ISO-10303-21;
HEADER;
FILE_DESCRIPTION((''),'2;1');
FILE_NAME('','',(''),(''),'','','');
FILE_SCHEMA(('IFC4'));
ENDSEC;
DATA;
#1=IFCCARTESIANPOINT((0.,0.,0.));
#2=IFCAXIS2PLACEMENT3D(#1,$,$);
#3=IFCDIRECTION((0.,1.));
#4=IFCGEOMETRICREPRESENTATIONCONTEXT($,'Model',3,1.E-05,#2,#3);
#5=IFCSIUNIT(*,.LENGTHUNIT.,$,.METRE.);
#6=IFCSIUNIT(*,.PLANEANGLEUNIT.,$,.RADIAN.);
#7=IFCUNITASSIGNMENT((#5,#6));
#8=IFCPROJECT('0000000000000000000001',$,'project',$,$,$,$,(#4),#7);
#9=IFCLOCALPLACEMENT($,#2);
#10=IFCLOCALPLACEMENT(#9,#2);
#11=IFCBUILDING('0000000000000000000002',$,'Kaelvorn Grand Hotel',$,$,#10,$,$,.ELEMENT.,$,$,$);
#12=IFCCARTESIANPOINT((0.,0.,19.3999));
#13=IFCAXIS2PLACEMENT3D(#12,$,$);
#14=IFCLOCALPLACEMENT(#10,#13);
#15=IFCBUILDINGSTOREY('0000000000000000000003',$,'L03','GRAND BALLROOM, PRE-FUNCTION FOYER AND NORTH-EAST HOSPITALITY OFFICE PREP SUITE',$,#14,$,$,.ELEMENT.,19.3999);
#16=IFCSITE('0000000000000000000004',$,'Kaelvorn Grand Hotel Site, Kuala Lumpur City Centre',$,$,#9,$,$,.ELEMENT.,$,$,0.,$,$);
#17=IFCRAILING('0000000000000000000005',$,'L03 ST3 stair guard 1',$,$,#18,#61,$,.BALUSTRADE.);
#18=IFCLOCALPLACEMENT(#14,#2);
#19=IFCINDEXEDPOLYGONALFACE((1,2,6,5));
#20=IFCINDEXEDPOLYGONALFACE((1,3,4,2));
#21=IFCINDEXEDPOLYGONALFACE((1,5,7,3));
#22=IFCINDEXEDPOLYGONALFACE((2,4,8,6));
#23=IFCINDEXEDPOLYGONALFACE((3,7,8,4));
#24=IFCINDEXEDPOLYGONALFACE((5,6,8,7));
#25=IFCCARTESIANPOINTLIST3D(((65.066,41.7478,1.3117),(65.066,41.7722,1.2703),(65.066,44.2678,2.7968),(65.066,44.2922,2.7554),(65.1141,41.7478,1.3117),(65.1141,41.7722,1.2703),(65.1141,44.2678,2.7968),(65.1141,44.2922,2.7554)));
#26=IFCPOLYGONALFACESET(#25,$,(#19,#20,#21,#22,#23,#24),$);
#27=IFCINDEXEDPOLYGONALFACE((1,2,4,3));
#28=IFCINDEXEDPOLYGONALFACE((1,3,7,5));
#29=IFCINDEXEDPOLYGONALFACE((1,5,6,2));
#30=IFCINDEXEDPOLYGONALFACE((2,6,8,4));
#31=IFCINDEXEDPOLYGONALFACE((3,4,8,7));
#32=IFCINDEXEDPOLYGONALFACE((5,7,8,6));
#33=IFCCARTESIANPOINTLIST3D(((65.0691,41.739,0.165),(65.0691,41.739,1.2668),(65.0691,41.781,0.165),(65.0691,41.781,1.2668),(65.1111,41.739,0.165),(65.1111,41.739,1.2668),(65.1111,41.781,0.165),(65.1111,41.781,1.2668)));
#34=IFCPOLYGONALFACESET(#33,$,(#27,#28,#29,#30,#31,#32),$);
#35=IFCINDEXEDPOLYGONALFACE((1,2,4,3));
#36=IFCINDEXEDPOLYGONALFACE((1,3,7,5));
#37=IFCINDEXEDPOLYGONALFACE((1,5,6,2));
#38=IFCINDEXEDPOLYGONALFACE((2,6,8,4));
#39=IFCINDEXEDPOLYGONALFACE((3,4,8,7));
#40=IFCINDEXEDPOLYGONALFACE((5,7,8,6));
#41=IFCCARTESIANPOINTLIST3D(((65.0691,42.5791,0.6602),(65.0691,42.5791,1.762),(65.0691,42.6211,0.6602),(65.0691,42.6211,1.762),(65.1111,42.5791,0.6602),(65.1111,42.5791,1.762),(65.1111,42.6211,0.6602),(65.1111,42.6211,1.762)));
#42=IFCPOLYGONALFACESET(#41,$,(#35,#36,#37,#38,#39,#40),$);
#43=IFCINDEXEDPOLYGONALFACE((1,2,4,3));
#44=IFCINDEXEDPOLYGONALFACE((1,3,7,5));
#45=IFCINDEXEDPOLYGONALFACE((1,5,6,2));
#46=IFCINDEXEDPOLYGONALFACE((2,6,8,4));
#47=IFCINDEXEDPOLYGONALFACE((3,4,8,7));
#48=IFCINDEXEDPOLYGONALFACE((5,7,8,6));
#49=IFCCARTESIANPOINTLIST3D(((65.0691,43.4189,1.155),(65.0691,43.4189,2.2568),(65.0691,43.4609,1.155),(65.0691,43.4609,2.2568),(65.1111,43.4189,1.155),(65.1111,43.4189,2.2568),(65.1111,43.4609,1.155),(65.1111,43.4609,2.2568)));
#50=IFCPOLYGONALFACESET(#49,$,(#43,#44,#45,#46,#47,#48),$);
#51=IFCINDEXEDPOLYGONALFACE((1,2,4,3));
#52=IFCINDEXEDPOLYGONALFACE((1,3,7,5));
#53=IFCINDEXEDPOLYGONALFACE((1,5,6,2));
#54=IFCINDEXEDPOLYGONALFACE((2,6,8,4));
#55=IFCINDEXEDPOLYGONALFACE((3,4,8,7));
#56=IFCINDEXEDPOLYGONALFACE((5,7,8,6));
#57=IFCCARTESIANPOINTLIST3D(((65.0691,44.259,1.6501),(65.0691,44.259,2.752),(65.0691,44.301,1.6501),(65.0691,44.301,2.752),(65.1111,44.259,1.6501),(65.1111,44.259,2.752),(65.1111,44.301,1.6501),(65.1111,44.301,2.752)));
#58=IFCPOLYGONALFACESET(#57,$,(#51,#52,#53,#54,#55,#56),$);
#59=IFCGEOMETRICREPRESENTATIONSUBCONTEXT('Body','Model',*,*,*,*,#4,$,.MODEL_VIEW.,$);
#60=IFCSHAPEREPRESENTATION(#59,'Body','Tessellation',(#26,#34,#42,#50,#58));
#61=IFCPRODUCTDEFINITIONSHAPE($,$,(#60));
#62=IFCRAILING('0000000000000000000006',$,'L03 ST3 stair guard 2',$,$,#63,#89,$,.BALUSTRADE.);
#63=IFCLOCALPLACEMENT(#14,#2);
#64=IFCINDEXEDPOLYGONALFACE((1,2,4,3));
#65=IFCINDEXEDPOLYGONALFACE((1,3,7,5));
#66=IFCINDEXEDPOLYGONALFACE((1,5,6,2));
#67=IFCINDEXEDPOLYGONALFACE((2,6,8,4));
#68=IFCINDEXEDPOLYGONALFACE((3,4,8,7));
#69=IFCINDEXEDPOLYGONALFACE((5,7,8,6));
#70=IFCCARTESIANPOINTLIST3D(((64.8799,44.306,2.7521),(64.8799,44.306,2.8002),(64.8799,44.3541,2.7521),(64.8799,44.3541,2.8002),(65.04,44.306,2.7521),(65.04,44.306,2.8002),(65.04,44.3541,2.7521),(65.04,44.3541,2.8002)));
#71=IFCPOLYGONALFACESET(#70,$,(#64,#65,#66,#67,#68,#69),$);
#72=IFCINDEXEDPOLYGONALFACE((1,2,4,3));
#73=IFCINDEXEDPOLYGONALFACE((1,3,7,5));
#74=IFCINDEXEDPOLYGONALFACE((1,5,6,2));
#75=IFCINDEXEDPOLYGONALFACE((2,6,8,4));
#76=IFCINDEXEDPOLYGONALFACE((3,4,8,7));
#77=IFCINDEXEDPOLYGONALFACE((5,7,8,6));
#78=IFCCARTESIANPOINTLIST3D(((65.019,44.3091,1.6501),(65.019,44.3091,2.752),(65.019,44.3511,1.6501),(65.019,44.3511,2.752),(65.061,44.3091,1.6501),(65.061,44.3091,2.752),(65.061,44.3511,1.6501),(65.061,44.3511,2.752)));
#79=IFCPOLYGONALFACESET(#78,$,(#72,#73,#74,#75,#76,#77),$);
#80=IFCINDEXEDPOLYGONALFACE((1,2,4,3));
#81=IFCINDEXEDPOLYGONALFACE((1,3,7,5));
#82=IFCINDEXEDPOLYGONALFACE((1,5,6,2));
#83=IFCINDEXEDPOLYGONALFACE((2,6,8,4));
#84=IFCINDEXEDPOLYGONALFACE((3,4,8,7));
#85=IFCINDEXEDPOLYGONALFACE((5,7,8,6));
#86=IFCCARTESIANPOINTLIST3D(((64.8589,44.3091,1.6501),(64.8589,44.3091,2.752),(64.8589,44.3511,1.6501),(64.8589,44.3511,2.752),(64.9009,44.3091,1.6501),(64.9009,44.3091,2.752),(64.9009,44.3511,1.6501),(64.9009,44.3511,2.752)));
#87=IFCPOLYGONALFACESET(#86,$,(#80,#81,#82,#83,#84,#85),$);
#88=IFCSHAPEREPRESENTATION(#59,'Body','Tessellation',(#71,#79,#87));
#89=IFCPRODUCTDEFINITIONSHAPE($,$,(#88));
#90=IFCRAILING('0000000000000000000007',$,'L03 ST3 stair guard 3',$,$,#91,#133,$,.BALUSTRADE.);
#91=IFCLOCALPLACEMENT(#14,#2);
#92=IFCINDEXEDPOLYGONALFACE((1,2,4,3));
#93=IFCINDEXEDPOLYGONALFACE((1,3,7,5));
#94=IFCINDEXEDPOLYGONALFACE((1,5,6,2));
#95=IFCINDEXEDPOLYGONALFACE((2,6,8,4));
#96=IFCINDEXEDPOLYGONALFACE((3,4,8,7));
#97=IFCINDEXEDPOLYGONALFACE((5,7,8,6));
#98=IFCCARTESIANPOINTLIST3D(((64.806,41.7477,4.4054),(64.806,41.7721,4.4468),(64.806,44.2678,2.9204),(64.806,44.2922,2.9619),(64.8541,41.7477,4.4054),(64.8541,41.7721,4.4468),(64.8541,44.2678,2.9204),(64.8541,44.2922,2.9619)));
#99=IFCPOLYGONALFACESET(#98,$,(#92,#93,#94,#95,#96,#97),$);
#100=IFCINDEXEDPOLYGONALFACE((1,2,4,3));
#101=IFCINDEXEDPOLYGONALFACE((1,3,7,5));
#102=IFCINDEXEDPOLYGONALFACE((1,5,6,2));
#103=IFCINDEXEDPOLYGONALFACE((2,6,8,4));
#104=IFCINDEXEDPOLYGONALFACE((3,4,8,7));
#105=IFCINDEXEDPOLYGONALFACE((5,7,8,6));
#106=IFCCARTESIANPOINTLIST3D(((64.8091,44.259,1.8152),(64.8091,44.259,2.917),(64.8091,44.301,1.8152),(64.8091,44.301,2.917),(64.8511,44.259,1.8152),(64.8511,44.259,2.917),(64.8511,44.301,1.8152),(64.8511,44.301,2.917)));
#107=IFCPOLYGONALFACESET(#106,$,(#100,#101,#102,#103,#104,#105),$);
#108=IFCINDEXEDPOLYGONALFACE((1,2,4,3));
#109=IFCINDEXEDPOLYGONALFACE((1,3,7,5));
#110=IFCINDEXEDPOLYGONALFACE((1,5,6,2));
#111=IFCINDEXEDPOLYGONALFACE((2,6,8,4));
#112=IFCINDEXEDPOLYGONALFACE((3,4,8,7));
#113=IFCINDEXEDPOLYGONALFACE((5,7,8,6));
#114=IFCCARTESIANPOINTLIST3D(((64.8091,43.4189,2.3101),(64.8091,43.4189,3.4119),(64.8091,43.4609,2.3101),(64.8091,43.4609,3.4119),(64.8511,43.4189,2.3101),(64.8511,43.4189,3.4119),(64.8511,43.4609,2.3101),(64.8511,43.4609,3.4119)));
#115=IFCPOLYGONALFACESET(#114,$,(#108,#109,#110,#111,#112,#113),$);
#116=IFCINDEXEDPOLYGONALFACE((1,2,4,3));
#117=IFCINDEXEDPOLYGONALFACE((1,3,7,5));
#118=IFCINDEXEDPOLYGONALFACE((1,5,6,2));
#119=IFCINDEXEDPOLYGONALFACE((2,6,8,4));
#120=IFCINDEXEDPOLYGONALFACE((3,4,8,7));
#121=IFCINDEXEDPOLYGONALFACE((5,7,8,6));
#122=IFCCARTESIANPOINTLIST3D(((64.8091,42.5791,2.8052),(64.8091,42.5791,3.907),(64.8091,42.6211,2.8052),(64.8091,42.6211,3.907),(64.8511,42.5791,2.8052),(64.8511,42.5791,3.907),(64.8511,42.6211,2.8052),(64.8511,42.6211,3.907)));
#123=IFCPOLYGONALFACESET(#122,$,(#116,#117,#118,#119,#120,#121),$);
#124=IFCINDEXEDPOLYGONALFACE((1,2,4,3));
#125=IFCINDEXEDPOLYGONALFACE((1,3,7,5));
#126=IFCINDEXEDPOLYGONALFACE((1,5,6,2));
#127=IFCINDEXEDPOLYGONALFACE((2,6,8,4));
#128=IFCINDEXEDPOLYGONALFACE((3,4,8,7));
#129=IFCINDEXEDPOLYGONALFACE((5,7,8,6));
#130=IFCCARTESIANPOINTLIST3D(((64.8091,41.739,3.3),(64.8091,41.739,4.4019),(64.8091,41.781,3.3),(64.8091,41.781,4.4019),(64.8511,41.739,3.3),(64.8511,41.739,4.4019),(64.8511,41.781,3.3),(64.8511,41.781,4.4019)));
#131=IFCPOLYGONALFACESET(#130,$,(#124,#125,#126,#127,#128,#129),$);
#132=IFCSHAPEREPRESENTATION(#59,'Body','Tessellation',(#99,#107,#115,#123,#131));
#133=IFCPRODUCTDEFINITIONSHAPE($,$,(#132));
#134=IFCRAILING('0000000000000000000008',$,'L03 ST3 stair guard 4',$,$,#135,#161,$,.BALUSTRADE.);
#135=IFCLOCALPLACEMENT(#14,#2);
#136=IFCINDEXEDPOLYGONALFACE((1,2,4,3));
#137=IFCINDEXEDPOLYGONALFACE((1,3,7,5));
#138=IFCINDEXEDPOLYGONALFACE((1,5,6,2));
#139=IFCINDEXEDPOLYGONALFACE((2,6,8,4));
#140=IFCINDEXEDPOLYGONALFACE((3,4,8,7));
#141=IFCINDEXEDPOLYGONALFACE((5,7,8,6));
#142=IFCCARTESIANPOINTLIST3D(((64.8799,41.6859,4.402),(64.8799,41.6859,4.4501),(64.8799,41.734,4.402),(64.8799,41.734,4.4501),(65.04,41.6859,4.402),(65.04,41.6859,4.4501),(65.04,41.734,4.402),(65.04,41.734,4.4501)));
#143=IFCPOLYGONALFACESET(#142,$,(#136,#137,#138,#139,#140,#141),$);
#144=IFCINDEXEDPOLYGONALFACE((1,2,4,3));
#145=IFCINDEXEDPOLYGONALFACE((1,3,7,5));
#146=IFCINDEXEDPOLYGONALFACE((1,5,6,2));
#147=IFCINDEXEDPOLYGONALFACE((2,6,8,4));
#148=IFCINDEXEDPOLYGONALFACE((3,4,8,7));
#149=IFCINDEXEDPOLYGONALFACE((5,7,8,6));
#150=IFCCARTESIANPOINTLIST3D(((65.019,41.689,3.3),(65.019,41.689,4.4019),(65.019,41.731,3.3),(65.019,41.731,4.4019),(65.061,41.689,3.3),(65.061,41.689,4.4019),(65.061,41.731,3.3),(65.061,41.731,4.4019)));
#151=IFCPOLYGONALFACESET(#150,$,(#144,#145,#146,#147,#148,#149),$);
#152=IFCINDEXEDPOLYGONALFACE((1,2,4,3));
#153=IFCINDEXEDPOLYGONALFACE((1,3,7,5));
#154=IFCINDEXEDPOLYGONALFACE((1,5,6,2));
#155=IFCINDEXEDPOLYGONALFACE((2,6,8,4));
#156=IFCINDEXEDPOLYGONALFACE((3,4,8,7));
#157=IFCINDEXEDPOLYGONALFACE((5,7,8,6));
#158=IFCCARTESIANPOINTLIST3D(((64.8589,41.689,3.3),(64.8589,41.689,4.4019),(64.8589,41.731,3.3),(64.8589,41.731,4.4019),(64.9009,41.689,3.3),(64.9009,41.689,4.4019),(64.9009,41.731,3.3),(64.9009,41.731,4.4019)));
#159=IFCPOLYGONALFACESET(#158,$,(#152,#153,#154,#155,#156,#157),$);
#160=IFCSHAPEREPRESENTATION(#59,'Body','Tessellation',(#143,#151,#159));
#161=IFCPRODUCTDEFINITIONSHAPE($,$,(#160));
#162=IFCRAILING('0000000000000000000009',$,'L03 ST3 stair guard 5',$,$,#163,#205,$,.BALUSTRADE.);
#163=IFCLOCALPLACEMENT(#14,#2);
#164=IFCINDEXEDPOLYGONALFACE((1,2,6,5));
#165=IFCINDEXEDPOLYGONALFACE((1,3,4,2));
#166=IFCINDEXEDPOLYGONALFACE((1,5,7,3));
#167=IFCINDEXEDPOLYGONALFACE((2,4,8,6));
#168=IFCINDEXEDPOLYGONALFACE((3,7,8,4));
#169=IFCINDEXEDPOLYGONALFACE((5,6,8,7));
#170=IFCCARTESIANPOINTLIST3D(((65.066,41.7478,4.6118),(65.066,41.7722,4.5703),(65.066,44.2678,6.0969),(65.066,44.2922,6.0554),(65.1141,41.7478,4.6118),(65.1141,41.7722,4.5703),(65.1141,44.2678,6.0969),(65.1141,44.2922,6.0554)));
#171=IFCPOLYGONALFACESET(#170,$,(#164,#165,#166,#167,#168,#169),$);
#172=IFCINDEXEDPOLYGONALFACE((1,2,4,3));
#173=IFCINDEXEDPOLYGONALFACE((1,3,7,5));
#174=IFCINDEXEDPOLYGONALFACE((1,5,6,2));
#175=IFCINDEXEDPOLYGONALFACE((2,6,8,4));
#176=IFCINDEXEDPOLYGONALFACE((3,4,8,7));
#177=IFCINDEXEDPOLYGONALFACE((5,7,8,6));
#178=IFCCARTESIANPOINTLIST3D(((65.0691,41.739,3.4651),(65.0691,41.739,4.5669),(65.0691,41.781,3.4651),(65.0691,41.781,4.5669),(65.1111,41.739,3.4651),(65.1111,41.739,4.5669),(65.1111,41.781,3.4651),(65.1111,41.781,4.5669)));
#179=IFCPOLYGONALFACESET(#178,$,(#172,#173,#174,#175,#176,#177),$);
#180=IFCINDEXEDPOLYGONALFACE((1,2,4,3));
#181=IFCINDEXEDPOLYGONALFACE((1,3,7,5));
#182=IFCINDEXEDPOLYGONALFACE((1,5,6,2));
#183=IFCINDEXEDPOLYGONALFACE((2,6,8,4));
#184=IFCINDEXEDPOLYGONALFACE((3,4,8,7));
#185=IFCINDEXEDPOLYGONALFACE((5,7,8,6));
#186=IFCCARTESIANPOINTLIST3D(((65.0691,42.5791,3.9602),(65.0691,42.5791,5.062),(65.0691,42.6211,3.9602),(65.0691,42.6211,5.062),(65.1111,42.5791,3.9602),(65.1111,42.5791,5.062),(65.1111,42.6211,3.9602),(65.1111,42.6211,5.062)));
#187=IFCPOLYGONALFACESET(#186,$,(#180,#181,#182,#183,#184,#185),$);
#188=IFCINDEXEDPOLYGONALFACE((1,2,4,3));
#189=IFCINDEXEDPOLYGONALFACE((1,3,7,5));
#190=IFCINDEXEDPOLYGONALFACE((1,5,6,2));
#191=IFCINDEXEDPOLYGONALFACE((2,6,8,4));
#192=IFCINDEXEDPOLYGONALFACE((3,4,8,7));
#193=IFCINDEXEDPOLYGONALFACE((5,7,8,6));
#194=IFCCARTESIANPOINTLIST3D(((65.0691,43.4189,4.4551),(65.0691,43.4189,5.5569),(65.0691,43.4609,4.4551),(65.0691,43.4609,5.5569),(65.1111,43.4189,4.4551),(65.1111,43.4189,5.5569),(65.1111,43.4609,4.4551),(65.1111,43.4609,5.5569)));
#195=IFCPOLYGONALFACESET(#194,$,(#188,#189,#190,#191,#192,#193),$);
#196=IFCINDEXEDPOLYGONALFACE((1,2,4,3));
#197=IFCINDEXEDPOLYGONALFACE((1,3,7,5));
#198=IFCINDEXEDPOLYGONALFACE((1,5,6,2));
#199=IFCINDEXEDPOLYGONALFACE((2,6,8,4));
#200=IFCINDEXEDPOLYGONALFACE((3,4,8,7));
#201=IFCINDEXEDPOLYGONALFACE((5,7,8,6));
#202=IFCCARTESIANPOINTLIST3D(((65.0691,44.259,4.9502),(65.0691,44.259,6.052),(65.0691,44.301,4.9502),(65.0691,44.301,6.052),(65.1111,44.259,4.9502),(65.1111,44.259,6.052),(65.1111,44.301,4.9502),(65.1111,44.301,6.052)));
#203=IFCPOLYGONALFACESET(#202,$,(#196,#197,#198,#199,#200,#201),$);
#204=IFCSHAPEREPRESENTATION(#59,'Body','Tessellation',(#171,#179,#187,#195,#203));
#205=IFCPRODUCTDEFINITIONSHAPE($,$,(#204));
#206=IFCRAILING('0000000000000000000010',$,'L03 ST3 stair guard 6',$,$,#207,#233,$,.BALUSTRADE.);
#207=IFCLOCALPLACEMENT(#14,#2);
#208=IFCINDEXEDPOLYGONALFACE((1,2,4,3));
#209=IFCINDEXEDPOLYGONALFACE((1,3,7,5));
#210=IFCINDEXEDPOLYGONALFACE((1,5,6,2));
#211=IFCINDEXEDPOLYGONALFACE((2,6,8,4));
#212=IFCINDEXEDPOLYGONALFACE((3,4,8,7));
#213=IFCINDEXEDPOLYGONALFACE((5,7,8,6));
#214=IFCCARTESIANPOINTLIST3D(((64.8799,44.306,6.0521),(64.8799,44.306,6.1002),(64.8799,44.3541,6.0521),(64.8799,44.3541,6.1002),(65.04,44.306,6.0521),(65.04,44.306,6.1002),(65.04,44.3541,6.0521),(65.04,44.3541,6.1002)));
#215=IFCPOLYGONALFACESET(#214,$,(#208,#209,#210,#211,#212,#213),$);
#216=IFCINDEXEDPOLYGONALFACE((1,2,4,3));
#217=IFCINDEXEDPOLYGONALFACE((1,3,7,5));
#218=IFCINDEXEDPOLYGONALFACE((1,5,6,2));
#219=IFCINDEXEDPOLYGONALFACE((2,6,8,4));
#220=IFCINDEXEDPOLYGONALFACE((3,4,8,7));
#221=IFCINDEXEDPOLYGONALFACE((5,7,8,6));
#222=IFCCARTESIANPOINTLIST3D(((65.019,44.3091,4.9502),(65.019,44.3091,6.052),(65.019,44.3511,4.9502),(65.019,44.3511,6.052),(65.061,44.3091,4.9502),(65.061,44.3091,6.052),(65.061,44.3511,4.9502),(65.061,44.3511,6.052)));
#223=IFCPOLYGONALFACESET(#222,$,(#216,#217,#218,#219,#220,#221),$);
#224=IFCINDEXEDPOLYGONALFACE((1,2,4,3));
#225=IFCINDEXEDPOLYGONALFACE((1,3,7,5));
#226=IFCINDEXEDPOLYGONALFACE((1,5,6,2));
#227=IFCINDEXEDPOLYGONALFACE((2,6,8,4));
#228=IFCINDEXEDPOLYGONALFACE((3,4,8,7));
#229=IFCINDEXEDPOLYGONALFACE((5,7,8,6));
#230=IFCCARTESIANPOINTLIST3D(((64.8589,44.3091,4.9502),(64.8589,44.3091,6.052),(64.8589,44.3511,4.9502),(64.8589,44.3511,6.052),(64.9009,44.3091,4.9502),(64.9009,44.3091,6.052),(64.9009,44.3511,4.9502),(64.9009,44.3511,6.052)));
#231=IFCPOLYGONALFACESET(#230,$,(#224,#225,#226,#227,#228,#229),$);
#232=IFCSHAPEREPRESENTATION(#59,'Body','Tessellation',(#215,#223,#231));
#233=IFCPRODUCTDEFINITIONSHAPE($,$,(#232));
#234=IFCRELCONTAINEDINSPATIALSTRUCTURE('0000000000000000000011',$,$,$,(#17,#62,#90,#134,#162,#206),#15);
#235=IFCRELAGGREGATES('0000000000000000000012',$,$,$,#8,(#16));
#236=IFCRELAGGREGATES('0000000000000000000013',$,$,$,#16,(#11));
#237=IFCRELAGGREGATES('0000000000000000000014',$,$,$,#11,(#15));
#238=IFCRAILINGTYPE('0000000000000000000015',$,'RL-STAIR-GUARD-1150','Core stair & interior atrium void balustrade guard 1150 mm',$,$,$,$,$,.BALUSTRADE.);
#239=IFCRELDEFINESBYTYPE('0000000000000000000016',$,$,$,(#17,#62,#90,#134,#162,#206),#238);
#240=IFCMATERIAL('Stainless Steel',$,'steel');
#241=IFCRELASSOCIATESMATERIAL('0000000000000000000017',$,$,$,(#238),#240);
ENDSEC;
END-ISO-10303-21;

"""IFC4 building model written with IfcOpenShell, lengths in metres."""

from ifc_helpers import new_model, si_unit, direction, frame, origin, origin_2d, place, context, subcontext, project, spatial, rectangle, extrude, material, type_object, element, save


model = new_model("IFC4")

# Units and contexts
model_context = context("Model", 3, precision=1e-05, world=origin(), true_north=direction((0.0, 1.0)))
body_context = subcontext(model_context, "Body", "Model", "MODEL_VIEW")
ifc_project = project(units=[si_unit("LENGTHUNIT", "METRE"), si_unit("PLANEANGLEUNIT", "RADIAN")], contexts=[model_context])

# Site, building, storey
site_placement = place(None, origin())
site = spatial("IfcSite", under=ifc_project, at=site_placement, Name="Kaelvorn Grand Hotel Site, Kuala Lumpur City Centre", CompositionType="ELEMENT", RefElevation=0.0)
building_placement = place(site_placement, origin())
building = spatial("IfcBuilding", under=site, at=building_placement, Name="Kaelvorn Grand Hotel", CompositionType="ELEMENT")
storey_placement = place(building_placement, frame((0.0, 0.0, 19.3999)))
storey = spatial("IfcBuildingStorey", under=building, at=storey_placement, Name="L03", Description="GRAND BALLROOM, PRE-FUNCTION FOYER AND NORTH-EAST HOSPITALITY OFFICE PREP SUITE", CompositionType="ELEMENT", Elevation=19.3999)

# Railings
ifc_material_1 = material(Name="Stainless Steel", Category="steel")
railing_type_1 = type_object("IfcRailingType", Name="RL-STAIR-GUARD-1150", Description="Core stair & interior atrium void balustrade guard 1150 mm", PredefinedType="BALUSTRADE", material=ifc_material_1)
railing_1_placement = place(storey_placement, frame((65.0901, 41.76, 0.165)))
element("IfcRailing", 1, at=railing_1_placement, inside=storey, type_object=railing_type_1, Name="L03 ST3 stair guard 1", PredefinedType="BALUSTRADE", context=body_context, shape_type="SweptSolid", body=[
    extrude(rectangle(XDim=0.0481, YDim=0.0481, at=origin_2d()), frame((0.0, 0.0, 1.126), z_axis=(0.0, 0.861524, 0.507717), x_axis=(-1.0, 0.0, 0.0)), (0.0, 0.0, 1.0), 2.925),
    extrude(rectangle(XDim=0.042, YDim=0.042, at=origin_2d()), origin(), (0.0, 0.0, 1.0), 1.1018),
    extrude(rectangle(XDim=0.042, YDim=0.042, at=origin_2d()), frame((0.0, 0.8401, 0.4951)), (0.0, 0.0, 1.0), 1.1018),
    extrude(rectangle(XDim=0.042, YDim=0.042, at=origin_2d()), frame((0.0, 1.6799, 0.99)), (0.0, 0.0, 1.0), 1.1018),
    extrude(rectangle(XDim=0.042, YDim=0.042, at=origin_2d()), frame((0.0, 2.52, 1.4851)), (0.0, 0.0, 1.0), 1.1018),
])
railing_2_placement = place(storey_placement, frame((65.04, 44.3301, 1.6501)))
element("IfcRailing", 2, at=railing_2_placement, inside=storey, type_object=railing_type_1, Name="L03 ST3 stair guard 2", PredefinedType="BALUSTRADE", context=body_context, shape_type="SweptSolid", body=[
    extrude(rectangle(XDim=0.0481, YDim=0.0481, at=origin_2d()), frame((0.0, 0.0, 1.126), z_axis=(-1.0, 0.0, 0.0), x_axis=(0.0, -1.0, 0.0)), (0.0, 0.0, 1.0), 0.1602),
    extrude(rectangle(XDim=0.042, YDim=0.042, at=origin_2d()), origin(), (0.0, 0.0, 1.0), 1.1018),
    extrude(rectangle(XDim=0.042, YDim=0.042, at=origin_2d()), frame((-0.1602, 0.0, 0.0)), (0.0, 0.0, 1.0), 1.1018),
])
railing_3_placement = place(storey_placement, frame((64.8301, 44.28, 1.8152)))
element("IfcRailing", 3, at=railing_3_placement, inside=storey, type_object=railing_type_1, Name="L03 ST3 stair guard 3", PredefinedType="BALUSTRADE", context=body_context, shape_type="SweptSolid", body=[
    extrude(rectangle(XDim=0.0481, YDim=0.0481, at=origin_2d()), frame((0.0, 0.0, 1.126), z_axis=(0.0, -0.861561, 0.507655), x_axis=(1.0, 0.0, 0.0)), (0.0, 0.0, 1.0), 2.925),
    extrude(rectangle(XDim=0.042, YDim=0.042, at=origin_2d()), origin(), (0.0, 0.0, 1.0), 1.1018),
    extrude(rectangle(XDim=0.042, YDim=0.042, at=origin_2d()), frame((0.0, -0.8401, 0.4949)), (0.0, 0.0, 1.0), 1.1018),
    extrude(rectangle(XDim=0.042, YDim=0.042, at=origin_2d()), frame((0.0, -1.6799, 0.99)), (0.0, 0.0, 1.0), 1.1018),
    extrude(rectangle(XDim=0.042, YDim=0.042, at=origin_2d()), frame((0.0, -2.52, 1.4849)), (0.0, 0.0, 1.0), 1.1018),
])
railing_4_placement = place(storey_placement, frame((65.04, 41.71, 3.3)))
element("IfcRailing", 4, at=railing_4_placement, inside=storey, type_object=railing_type_1, Name="L03 ST3 stair guard 4", PredefinedType="BALUSTRADE", context=body_context, shape_type="SweptSolid", body=[
    extrude(rectangle(XDim=0.0481, YDim=0.0481, at=origin_2d()), frame((0.0, 0.0, 1.126), z_axis=(-1.0, 0.0, 0.0), x_axis=(0.0, -1.0, 0.0)), (0.0, 0.0, 1.0), 0.1602),
    extrude(rectangle(XDim=0.042, YDim=0.042, at=origin_2d()), origin(), (0.0, 0.0, 1.0), 1.1018),
    extrude(rectangle(XDim=0.042, YDim=0.042, at=origin_2d()), frame((-0.1602, 0.0, 0.0)), (0.0, 0.0, 1.0), 1.1018),
])
railing_5_placement = place(storey_placement, frame((65.0901, 41.76, 3.4651)))
element("IfcRailing", 5, at=railing_5_placement, inside=storey, type_object=railing_type_1, Name="L03 ST3 stair guard 5", PredefinedType="BALUSTRADE", context=body_context, shape_type="SweptSolid", body=[
    extrude(rectangle(XDim=0.0481, YDim=0.0481, at=origin_2d()), frame((0.0, 0.0, 1.126), z_axis=(0.0, 0.861524, 0.507717), x_axis=(-1.0, 0.0, 0.0)), (0.0, 0.0, 1.0), 2.925),
    extrude(rectangle(XDim=0.042, YDim=0.042, at=origin_2d()), origin(), (0.0, 0.0, 1.0), 1.1018),
    extrude(rectangle(XDim=0.042, YDim=0.042, at=origin_2d()), frame((0.0, 0.8401, 0.4951)), (0.0, 0.0, 1.0), 1.1018),
    extrude(rectangle(XDim=0.042, YDim=0.042, at=origin_2d()), frame((0.0, 1.6799, 0.99)), (0.0, 0.0, 1.0), 1.1018),
    extrude(rectangle(XDim=0.042, YDim=0.042, at=origin_2d()), frame((0.0, 2.52, 1.4851)), (0.0, 0.0, 1.0), 1.1018),
])
railing_6_placement = place(storey_placement, frame((65.04, 44.3301, 4.9502)))
element("IfcRailing", 6, at=railing_6_placement, inside=storey, type_object=railing_type_1, Name="L03 ST3 stair guard 6", PredefinedType="BALUSTRADE", context=body_context, shape_type="SweptSolid", body=[
    extrude(rectangle(XDim=0.0481, YDim=0.0481, at=origin_2d()), frame((0.0, 0.0, 1.126), z_axis=(-1.0, 0.0, 0.0), x_axis=(0.0, -1.0, 0.0)), (0.0, 0.0, 1.0), 0.1602),
    extrude(rectangle(XDim=0.042, YDim=0.042, at=origin_2d()), origin(), (0.0, 0.0, 1.0), 1.1018),
    extrude(rectangle(XDim=0.042, YDim=0.042, at=origin_2d()), frame((-0.1602, 0.0, 0.0)), (0.0, 0.0, 1.0), 1.1018),
])

save(model, "model.ifc")
